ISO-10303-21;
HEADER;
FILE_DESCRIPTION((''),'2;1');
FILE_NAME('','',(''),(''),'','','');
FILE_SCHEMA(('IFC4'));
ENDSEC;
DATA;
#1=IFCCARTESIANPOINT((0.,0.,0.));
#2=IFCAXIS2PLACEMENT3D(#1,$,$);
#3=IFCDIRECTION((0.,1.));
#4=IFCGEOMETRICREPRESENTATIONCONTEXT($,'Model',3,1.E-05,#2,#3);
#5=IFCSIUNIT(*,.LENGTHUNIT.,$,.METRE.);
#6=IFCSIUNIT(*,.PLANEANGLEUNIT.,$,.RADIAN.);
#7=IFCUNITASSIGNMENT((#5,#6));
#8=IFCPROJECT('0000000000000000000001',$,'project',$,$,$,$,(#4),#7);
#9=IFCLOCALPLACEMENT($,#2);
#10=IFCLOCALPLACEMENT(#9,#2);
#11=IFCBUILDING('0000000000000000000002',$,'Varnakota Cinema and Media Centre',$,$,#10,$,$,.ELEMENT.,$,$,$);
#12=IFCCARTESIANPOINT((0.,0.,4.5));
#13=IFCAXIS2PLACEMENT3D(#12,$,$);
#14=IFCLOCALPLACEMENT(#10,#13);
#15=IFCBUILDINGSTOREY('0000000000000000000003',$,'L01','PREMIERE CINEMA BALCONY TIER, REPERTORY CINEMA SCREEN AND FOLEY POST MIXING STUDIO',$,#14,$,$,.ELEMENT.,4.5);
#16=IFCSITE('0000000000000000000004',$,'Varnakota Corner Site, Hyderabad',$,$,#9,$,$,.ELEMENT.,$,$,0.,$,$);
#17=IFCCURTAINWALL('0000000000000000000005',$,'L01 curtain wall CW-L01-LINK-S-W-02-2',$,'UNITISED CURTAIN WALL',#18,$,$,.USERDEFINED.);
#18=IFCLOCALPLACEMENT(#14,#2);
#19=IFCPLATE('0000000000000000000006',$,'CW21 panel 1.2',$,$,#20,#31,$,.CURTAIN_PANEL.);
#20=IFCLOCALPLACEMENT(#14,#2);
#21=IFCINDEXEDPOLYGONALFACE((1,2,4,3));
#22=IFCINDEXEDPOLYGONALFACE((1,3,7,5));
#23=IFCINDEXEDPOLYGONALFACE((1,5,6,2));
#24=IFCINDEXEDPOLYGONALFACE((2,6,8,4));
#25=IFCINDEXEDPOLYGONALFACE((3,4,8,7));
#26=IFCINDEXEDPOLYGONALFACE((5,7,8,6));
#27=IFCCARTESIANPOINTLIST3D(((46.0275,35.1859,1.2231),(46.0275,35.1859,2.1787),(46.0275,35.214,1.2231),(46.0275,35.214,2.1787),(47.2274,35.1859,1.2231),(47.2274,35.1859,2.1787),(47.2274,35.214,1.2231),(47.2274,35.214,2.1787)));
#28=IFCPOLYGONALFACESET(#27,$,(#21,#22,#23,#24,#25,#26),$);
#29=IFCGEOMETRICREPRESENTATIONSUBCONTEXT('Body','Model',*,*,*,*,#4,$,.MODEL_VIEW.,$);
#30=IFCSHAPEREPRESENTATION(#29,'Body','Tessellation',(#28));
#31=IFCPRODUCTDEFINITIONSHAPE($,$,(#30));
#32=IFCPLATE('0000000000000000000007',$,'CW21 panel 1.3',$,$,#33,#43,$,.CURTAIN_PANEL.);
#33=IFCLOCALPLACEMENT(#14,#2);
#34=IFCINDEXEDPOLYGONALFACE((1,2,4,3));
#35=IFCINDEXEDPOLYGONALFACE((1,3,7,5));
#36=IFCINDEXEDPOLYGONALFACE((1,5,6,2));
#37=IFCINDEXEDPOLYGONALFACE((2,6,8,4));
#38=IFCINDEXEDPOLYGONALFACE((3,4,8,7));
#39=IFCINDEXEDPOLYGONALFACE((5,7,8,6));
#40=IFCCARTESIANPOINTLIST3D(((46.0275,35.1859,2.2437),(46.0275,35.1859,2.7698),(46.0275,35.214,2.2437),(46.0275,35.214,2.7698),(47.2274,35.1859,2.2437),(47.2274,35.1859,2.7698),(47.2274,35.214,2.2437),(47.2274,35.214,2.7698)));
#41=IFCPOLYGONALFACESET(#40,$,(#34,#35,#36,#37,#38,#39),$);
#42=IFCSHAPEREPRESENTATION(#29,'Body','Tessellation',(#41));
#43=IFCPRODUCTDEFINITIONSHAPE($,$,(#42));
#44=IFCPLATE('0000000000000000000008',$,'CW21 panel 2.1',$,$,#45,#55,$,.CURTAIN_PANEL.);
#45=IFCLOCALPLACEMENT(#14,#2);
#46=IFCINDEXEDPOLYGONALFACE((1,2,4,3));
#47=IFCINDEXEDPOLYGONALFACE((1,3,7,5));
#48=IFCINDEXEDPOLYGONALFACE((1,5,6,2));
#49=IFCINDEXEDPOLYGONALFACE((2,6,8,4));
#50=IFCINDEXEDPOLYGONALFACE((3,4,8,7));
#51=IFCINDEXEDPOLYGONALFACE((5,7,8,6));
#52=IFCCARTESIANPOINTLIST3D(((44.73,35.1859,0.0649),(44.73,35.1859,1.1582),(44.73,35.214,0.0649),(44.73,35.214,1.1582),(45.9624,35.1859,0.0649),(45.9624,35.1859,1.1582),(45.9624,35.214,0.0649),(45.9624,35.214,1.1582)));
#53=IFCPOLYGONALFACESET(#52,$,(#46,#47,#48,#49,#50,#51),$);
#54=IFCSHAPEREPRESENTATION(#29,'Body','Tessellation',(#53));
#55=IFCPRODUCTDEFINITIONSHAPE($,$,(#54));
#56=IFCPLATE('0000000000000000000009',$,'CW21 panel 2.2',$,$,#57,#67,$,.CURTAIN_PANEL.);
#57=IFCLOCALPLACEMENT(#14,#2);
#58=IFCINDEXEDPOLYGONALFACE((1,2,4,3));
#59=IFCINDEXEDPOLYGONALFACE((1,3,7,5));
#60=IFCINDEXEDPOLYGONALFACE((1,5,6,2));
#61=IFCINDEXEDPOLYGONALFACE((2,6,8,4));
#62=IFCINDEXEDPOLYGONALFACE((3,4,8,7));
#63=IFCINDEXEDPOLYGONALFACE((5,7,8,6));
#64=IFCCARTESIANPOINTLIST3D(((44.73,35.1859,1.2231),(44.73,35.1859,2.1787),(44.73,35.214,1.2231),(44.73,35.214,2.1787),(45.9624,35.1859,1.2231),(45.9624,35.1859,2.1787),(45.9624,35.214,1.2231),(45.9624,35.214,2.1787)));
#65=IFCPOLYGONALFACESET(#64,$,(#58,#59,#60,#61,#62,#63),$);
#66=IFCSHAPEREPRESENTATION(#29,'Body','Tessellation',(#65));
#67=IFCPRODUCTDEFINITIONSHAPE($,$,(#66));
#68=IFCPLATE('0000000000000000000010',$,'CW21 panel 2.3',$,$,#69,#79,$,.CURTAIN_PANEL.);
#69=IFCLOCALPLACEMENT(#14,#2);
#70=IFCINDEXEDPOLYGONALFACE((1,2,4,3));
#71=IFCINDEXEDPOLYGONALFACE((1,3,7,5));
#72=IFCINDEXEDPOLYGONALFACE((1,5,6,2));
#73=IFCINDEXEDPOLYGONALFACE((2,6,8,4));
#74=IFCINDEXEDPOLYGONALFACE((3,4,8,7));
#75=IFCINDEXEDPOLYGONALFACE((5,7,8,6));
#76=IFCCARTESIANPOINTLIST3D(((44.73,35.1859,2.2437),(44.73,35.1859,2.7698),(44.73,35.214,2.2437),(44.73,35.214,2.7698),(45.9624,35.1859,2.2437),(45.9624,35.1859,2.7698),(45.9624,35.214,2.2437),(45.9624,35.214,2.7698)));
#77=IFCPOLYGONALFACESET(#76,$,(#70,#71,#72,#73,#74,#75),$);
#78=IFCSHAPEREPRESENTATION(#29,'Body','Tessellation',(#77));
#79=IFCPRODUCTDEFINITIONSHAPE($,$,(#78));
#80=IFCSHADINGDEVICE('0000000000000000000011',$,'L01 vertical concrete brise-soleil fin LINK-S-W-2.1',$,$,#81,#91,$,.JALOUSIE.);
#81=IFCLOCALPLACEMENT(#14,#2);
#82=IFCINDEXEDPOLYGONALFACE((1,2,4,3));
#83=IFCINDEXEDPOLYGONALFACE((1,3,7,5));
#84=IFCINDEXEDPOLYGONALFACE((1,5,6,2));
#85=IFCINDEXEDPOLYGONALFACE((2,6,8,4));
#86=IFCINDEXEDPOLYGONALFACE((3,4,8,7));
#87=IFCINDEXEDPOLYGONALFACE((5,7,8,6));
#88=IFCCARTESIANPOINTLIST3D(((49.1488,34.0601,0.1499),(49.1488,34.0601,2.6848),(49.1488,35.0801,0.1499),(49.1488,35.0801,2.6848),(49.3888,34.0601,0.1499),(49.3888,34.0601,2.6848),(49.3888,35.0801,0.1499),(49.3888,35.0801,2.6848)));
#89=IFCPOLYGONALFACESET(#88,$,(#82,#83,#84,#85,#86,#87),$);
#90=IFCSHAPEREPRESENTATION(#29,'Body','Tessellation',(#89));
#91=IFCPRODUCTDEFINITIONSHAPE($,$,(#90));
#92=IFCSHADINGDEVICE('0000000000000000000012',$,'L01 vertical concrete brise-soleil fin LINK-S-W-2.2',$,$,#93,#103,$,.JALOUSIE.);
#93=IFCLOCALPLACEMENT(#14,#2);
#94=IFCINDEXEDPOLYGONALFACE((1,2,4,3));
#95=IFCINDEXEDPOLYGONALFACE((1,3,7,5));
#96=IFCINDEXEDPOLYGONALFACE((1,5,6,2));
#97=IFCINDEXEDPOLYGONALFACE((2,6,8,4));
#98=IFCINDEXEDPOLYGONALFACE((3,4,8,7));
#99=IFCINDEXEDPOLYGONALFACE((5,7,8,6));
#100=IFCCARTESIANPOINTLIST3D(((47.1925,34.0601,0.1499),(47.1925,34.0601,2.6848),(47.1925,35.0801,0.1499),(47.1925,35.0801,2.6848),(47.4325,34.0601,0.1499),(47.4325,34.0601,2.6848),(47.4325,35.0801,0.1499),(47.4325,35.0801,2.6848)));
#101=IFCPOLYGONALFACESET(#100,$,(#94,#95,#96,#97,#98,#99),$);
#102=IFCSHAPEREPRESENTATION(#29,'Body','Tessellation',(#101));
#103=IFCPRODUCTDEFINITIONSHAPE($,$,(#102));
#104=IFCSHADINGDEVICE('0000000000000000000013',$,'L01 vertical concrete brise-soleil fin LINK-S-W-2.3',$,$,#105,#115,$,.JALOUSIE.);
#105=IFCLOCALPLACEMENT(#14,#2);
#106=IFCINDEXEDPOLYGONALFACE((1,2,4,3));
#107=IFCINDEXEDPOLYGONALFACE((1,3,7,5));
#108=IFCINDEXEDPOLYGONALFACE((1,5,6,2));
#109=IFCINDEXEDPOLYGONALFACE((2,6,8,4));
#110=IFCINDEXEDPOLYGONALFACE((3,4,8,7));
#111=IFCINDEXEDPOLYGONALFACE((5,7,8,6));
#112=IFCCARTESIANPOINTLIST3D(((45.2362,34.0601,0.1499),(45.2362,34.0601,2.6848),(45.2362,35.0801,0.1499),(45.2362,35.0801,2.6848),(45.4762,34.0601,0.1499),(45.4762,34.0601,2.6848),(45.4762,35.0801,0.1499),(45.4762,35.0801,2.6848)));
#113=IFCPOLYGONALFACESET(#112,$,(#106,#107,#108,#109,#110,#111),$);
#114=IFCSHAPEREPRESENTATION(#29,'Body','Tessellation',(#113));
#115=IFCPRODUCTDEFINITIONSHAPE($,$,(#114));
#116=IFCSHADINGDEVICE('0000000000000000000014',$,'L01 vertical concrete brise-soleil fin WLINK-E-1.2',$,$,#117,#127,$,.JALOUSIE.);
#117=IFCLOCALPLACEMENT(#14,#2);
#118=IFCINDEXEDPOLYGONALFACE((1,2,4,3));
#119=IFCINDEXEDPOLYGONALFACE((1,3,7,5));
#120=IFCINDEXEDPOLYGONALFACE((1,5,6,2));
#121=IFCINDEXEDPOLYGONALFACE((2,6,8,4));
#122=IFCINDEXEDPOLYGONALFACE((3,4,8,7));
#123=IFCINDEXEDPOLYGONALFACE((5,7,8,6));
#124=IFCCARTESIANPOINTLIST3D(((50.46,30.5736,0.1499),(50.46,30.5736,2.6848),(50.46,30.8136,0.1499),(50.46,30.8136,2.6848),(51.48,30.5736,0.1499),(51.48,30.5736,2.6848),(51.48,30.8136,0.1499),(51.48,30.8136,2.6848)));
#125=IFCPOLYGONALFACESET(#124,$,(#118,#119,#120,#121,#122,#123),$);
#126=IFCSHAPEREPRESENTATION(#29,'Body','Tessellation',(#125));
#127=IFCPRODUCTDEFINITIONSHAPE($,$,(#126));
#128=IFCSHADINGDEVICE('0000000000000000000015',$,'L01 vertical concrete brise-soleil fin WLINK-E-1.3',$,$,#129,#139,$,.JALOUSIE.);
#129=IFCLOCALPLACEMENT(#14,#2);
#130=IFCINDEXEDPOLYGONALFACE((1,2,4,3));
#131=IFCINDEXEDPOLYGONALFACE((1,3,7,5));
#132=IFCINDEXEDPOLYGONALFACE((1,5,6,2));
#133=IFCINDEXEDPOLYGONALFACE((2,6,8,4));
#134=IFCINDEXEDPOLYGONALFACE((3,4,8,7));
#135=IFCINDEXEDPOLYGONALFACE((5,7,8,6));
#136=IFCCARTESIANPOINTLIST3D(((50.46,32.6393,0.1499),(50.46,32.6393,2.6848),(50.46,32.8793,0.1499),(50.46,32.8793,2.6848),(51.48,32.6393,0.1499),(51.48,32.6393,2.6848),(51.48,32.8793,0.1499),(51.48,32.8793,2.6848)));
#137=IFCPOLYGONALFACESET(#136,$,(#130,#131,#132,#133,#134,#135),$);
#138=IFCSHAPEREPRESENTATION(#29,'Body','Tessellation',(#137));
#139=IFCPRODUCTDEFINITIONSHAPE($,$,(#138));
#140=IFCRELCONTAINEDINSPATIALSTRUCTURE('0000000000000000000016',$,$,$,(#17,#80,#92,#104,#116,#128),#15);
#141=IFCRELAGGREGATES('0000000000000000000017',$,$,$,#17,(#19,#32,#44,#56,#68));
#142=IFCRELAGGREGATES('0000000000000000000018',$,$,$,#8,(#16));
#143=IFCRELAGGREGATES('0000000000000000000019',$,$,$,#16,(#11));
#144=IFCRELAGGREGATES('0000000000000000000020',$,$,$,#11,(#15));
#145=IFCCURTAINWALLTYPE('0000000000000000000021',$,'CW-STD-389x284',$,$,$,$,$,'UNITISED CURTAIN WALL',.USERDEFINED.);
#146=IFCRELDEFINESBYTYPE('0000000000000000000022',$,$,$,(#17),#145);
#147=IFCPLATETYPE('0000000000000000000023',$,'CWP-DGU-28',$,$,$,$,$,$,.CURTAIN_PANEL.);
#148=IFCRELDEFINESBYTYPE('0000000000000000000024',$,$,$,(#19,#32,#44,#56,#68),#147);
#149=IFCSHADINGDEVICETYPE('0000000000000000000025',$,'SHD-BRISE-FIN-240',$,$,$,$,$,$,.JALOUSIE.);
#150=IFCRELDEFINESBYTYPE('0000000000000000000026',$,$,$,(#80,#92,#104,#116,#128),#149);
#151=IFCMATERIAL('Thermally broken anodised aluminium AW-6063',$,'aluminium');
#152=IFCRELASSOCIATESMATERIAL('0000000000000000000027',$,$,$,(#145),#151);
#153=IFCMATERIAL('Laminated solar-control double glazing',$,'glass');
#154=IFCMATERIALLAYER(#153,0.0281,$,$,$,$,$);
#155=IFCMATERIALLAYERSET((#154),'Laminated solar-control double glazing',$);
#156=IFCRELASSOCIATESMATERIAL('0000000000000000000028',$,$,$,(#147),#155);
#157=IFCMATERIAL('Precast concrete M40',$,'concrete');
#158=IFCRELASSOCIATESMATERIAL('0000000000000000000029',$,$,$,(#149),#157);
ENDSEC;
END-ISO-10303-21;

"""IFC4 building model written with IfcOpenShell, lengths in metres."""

from ifc_helpers import new_model, si_unit, direction, frame, origin, origin_2d, place, context, subcontext, project, spatial, rectangle, extrude, material, layer, layer_set, type_object, element, aggregate, save


model = new_model("IFC4")

# Units and contexts
model_context = context("Model", 3, precision=1e-05, world=origin(), true_north=direction((0.0, 1.0)))
body_context = subcontext(model_context, "Body", "Model", "MODEL_VIEW")
ifc_project = project(units=[si_unit("LENGTHUNIT", "METRE"), si_unit("PLANEANGLEUNIT", "RADIAN")], contexts=[model_context])

# Site, building, storey
site_placement = place(None, origin())
site = spatial("IfcSite", under=ifc_project, at=site_placement, Name="Varnakota Corner Site, Hyderabad", CompositionType="ELEMENT", RefElevation=0.0)
building_placement = place(site_placement, origin())
building = spatial("IfcBuilding", under=site, at=building_placement, Name="Varnakota Cinema and Media Centre", CompositionType="ELEMENT")
storey_placement = place(building_placement, frame((0.0, 0.0, 4.5)))
storey = spatial("IfcBuildingStorey", under=building, at=storey_placement, Name="L01", Description="PREMIERE CINEMA BALCONY TIER, REPERTORY CINEMA SCREEN AND FOLEY POST MIXING STUDIO", CompositionType="ELEMENT", Elevation=4.5)

# Curtain wall
ifc_material_1 = material(Name="Thermally broken anodised aluminium AW-6063", Category="aluminium")
curtain_wall_type = type_object("IfcCurtainWallType", Name="CW-STD-389x284", ElementType="UNITISED CURTAIN WALL", PredefinedType="USERDEFINED", material=ifc_material_1)
curtain_wall_1_placement = place(storey_placement, origin())
curtain_wall_1 = element("IfcCurtainWall", 1, at=curtain_wall_1_placement, inside=storey, type_object=curtain_wall_type, Name="L01 curtain wall CW-L01-LINK-S-W-02-2", ObjectType="UNITISED CURTAIN WALL", PredefinedType="USERDEFINED")

# Plates
ifc_material_2 = material(Name="Laminated solar-control double glazing", Category="glass")
ifc_layer = layer(ifc_material_2, 0.0281)
ifc_layer_set = layer_set([ifc_layer], Name="Laminated solar-control double glazing")
plate_type = type_object("IfcPlateType", Name="CWP-DGU-28", PredefinedType="CURTAIN_PANEL", material=ifc_layer_set)
plate_1_placement = place(storey_placement, frame((46.6274, 35.2, 1.2231), z_axis=(0.0, 0.0, 1.0), x_axis=(-1.0, 0.0, 0.0)))
plate_1 = element("IfcPlate", 2, at=plate_1_placement, type_object=plate_type, Name="CW21 panel 1.2", PredefinedType="CURTAIN_PANEL", context=body_context, shape_type="SweptSolid", body=[
    extrude(rectangle(XDim=1.2, YDim=0.0281, at=origin_2d()), origin(), (0.0, 0.0, 1.0), 0.9556),
])
plate_2_placement = place(storey_placement, frame((46.6274, 35.2, 2.2437), z_axis=(0.0, 0.0, 1.0), x_axis=(-1.0, 0.0, 0.0)))
plate_2 = element("IfcPlate", 3, at=plate_2_placement, type_object=plate_type, Name="CW21 panel 1.3", PredefinedType="CURTAIN_PANEL", context=body_context, shape_type="SweptSolid", body=[
    extrude(rectangle(XDim=1.2, YDim=0.0281, at=origin_2d()), origin(), (0.0, 0.0, 1.0), 0.5261),
])
plate_3_placement = place(storey_placement, frame((45.3462, 35.2, 0.0649), z_axis=(0.0, 0.0, 1.0), x_axis=(-1.0, 0.0, 0.0)))
plate_3 = element("IfcPlate", 4, at=plate_3_placement, type_object=plate_type, Name="CW21 panel 2.1", PredefinedType="CURTAIN_PANEL", context=body_context, shape_type="SweptSolid", body=[
    extrude(rectangle(XDim=1.2324, YDim=0.0281, at=origin_2d()), origin(), (0.0, 0.0, 1.0), 1.0933),
])
plate_4_placement = place(storey_placement, frame((45.3462, 35.2, 1.2231), z_axis=(0.0, 0.0, 1.0), x_axis=(-1.0, 0.0, 0.0)))
plate_4 = element("IfcPlate", 5, at=plate_4_placement, type_object=plate_type, Name="CW21 panel 2.2", PredefinedType="CURTAIN_PANEL", context=body_context, shape_type="SweptSolid", body=[
    extrude(rectangle(XDim=1.2324, YDim=0.0281, at=origin_2d()), origin(), (0.0, 0.0, 1.0), 0.9556),
])
plate_5_placement = place(storey_placement, frame((45.3462, 35.2, 2.2437), z_axis=(0.0, 0.0, 1.0), x_axis=(-1.0, 0.0, 0.0)))
plate_5 = element("IfcPlate", 6, at=plate_5_placement, type_object=plate_type, Name="CW21 panel 2.3", PredefinedType="CURTAIN_PANEL", context=body_context, shape_type="SweptSolid", body=[
    extrude(rectangle(XDim=1.2324, YDim=0.0281, at=origin_2d()), origin(), (0.0, 0.0, 1.0), 0.5261),
])
aggregate(curtain_wall_1, [plate_1, plate_2, plate_3, plate_4, plate_5])

# Shading devices
ifc_material_3 = material(Name="Precast concrete M40", Category="concrete")
shading_device_type = type_object("IfcShadingDeviceType", Name="SHD-BRISE-FIN-240", PredefinedType="JALOUSIE", material=ifc_material_3)
for number, where, z_axis, x_axis, name in (
    (7, (49.2688, 34.5701, 0.1499), (0.0, 0.0, 1.0), (-1.0, 0.0, 0.0), "L01 vertical concrete brise-soleil fin LINK-S-W-2.1"),
    (8, (47.3125, 34.5701, 0.1499), (0.0, 0.0, 1.0), (-1.0, 0.0, 0.0), "L01 vertical concrete brise-soleil fin LINK-S-W-2.2"),
    (9, (45.3562, 34.5701, 0.1499), (0.0, 0.0, 1.0), (-1.0, 0.0, 0.0), "L01 vertical concrete brise-soleil fin LINK-S-W-2.3"),
    (10, (50.97, 30.6936, 0.1499), (0.0, 0.0, 1.0), (0.0, 1.0, 0.0), "L01 vertical concrete brise-soleil fin WLINK-E-1.2"),
    (11, (50.97, 32.7593, 0.1499), (0.0, 0.0, 1.0), (0.0, 1.0, 0.0), "L01 vertical concrete brise-soleil fin WLINK-E-1.3"),
):
    element("IfcShadingDevice", number, at=place(storey_placement, frame(where, z_axis=z_axis, x_axis=x_axis)), inside=storey, type_object=shading_device_type, Name=name, PredefinedType="JALOUSIE", context=body_context, shape_type="SweptSolid", body=[
        extrude(rectangle(XDim=0.24, YDim=1.02, at=origin_2d()), origin(), (0.0, 0.0, 1.0), 2.5349),
    ])

save(model, "model.ifc")
